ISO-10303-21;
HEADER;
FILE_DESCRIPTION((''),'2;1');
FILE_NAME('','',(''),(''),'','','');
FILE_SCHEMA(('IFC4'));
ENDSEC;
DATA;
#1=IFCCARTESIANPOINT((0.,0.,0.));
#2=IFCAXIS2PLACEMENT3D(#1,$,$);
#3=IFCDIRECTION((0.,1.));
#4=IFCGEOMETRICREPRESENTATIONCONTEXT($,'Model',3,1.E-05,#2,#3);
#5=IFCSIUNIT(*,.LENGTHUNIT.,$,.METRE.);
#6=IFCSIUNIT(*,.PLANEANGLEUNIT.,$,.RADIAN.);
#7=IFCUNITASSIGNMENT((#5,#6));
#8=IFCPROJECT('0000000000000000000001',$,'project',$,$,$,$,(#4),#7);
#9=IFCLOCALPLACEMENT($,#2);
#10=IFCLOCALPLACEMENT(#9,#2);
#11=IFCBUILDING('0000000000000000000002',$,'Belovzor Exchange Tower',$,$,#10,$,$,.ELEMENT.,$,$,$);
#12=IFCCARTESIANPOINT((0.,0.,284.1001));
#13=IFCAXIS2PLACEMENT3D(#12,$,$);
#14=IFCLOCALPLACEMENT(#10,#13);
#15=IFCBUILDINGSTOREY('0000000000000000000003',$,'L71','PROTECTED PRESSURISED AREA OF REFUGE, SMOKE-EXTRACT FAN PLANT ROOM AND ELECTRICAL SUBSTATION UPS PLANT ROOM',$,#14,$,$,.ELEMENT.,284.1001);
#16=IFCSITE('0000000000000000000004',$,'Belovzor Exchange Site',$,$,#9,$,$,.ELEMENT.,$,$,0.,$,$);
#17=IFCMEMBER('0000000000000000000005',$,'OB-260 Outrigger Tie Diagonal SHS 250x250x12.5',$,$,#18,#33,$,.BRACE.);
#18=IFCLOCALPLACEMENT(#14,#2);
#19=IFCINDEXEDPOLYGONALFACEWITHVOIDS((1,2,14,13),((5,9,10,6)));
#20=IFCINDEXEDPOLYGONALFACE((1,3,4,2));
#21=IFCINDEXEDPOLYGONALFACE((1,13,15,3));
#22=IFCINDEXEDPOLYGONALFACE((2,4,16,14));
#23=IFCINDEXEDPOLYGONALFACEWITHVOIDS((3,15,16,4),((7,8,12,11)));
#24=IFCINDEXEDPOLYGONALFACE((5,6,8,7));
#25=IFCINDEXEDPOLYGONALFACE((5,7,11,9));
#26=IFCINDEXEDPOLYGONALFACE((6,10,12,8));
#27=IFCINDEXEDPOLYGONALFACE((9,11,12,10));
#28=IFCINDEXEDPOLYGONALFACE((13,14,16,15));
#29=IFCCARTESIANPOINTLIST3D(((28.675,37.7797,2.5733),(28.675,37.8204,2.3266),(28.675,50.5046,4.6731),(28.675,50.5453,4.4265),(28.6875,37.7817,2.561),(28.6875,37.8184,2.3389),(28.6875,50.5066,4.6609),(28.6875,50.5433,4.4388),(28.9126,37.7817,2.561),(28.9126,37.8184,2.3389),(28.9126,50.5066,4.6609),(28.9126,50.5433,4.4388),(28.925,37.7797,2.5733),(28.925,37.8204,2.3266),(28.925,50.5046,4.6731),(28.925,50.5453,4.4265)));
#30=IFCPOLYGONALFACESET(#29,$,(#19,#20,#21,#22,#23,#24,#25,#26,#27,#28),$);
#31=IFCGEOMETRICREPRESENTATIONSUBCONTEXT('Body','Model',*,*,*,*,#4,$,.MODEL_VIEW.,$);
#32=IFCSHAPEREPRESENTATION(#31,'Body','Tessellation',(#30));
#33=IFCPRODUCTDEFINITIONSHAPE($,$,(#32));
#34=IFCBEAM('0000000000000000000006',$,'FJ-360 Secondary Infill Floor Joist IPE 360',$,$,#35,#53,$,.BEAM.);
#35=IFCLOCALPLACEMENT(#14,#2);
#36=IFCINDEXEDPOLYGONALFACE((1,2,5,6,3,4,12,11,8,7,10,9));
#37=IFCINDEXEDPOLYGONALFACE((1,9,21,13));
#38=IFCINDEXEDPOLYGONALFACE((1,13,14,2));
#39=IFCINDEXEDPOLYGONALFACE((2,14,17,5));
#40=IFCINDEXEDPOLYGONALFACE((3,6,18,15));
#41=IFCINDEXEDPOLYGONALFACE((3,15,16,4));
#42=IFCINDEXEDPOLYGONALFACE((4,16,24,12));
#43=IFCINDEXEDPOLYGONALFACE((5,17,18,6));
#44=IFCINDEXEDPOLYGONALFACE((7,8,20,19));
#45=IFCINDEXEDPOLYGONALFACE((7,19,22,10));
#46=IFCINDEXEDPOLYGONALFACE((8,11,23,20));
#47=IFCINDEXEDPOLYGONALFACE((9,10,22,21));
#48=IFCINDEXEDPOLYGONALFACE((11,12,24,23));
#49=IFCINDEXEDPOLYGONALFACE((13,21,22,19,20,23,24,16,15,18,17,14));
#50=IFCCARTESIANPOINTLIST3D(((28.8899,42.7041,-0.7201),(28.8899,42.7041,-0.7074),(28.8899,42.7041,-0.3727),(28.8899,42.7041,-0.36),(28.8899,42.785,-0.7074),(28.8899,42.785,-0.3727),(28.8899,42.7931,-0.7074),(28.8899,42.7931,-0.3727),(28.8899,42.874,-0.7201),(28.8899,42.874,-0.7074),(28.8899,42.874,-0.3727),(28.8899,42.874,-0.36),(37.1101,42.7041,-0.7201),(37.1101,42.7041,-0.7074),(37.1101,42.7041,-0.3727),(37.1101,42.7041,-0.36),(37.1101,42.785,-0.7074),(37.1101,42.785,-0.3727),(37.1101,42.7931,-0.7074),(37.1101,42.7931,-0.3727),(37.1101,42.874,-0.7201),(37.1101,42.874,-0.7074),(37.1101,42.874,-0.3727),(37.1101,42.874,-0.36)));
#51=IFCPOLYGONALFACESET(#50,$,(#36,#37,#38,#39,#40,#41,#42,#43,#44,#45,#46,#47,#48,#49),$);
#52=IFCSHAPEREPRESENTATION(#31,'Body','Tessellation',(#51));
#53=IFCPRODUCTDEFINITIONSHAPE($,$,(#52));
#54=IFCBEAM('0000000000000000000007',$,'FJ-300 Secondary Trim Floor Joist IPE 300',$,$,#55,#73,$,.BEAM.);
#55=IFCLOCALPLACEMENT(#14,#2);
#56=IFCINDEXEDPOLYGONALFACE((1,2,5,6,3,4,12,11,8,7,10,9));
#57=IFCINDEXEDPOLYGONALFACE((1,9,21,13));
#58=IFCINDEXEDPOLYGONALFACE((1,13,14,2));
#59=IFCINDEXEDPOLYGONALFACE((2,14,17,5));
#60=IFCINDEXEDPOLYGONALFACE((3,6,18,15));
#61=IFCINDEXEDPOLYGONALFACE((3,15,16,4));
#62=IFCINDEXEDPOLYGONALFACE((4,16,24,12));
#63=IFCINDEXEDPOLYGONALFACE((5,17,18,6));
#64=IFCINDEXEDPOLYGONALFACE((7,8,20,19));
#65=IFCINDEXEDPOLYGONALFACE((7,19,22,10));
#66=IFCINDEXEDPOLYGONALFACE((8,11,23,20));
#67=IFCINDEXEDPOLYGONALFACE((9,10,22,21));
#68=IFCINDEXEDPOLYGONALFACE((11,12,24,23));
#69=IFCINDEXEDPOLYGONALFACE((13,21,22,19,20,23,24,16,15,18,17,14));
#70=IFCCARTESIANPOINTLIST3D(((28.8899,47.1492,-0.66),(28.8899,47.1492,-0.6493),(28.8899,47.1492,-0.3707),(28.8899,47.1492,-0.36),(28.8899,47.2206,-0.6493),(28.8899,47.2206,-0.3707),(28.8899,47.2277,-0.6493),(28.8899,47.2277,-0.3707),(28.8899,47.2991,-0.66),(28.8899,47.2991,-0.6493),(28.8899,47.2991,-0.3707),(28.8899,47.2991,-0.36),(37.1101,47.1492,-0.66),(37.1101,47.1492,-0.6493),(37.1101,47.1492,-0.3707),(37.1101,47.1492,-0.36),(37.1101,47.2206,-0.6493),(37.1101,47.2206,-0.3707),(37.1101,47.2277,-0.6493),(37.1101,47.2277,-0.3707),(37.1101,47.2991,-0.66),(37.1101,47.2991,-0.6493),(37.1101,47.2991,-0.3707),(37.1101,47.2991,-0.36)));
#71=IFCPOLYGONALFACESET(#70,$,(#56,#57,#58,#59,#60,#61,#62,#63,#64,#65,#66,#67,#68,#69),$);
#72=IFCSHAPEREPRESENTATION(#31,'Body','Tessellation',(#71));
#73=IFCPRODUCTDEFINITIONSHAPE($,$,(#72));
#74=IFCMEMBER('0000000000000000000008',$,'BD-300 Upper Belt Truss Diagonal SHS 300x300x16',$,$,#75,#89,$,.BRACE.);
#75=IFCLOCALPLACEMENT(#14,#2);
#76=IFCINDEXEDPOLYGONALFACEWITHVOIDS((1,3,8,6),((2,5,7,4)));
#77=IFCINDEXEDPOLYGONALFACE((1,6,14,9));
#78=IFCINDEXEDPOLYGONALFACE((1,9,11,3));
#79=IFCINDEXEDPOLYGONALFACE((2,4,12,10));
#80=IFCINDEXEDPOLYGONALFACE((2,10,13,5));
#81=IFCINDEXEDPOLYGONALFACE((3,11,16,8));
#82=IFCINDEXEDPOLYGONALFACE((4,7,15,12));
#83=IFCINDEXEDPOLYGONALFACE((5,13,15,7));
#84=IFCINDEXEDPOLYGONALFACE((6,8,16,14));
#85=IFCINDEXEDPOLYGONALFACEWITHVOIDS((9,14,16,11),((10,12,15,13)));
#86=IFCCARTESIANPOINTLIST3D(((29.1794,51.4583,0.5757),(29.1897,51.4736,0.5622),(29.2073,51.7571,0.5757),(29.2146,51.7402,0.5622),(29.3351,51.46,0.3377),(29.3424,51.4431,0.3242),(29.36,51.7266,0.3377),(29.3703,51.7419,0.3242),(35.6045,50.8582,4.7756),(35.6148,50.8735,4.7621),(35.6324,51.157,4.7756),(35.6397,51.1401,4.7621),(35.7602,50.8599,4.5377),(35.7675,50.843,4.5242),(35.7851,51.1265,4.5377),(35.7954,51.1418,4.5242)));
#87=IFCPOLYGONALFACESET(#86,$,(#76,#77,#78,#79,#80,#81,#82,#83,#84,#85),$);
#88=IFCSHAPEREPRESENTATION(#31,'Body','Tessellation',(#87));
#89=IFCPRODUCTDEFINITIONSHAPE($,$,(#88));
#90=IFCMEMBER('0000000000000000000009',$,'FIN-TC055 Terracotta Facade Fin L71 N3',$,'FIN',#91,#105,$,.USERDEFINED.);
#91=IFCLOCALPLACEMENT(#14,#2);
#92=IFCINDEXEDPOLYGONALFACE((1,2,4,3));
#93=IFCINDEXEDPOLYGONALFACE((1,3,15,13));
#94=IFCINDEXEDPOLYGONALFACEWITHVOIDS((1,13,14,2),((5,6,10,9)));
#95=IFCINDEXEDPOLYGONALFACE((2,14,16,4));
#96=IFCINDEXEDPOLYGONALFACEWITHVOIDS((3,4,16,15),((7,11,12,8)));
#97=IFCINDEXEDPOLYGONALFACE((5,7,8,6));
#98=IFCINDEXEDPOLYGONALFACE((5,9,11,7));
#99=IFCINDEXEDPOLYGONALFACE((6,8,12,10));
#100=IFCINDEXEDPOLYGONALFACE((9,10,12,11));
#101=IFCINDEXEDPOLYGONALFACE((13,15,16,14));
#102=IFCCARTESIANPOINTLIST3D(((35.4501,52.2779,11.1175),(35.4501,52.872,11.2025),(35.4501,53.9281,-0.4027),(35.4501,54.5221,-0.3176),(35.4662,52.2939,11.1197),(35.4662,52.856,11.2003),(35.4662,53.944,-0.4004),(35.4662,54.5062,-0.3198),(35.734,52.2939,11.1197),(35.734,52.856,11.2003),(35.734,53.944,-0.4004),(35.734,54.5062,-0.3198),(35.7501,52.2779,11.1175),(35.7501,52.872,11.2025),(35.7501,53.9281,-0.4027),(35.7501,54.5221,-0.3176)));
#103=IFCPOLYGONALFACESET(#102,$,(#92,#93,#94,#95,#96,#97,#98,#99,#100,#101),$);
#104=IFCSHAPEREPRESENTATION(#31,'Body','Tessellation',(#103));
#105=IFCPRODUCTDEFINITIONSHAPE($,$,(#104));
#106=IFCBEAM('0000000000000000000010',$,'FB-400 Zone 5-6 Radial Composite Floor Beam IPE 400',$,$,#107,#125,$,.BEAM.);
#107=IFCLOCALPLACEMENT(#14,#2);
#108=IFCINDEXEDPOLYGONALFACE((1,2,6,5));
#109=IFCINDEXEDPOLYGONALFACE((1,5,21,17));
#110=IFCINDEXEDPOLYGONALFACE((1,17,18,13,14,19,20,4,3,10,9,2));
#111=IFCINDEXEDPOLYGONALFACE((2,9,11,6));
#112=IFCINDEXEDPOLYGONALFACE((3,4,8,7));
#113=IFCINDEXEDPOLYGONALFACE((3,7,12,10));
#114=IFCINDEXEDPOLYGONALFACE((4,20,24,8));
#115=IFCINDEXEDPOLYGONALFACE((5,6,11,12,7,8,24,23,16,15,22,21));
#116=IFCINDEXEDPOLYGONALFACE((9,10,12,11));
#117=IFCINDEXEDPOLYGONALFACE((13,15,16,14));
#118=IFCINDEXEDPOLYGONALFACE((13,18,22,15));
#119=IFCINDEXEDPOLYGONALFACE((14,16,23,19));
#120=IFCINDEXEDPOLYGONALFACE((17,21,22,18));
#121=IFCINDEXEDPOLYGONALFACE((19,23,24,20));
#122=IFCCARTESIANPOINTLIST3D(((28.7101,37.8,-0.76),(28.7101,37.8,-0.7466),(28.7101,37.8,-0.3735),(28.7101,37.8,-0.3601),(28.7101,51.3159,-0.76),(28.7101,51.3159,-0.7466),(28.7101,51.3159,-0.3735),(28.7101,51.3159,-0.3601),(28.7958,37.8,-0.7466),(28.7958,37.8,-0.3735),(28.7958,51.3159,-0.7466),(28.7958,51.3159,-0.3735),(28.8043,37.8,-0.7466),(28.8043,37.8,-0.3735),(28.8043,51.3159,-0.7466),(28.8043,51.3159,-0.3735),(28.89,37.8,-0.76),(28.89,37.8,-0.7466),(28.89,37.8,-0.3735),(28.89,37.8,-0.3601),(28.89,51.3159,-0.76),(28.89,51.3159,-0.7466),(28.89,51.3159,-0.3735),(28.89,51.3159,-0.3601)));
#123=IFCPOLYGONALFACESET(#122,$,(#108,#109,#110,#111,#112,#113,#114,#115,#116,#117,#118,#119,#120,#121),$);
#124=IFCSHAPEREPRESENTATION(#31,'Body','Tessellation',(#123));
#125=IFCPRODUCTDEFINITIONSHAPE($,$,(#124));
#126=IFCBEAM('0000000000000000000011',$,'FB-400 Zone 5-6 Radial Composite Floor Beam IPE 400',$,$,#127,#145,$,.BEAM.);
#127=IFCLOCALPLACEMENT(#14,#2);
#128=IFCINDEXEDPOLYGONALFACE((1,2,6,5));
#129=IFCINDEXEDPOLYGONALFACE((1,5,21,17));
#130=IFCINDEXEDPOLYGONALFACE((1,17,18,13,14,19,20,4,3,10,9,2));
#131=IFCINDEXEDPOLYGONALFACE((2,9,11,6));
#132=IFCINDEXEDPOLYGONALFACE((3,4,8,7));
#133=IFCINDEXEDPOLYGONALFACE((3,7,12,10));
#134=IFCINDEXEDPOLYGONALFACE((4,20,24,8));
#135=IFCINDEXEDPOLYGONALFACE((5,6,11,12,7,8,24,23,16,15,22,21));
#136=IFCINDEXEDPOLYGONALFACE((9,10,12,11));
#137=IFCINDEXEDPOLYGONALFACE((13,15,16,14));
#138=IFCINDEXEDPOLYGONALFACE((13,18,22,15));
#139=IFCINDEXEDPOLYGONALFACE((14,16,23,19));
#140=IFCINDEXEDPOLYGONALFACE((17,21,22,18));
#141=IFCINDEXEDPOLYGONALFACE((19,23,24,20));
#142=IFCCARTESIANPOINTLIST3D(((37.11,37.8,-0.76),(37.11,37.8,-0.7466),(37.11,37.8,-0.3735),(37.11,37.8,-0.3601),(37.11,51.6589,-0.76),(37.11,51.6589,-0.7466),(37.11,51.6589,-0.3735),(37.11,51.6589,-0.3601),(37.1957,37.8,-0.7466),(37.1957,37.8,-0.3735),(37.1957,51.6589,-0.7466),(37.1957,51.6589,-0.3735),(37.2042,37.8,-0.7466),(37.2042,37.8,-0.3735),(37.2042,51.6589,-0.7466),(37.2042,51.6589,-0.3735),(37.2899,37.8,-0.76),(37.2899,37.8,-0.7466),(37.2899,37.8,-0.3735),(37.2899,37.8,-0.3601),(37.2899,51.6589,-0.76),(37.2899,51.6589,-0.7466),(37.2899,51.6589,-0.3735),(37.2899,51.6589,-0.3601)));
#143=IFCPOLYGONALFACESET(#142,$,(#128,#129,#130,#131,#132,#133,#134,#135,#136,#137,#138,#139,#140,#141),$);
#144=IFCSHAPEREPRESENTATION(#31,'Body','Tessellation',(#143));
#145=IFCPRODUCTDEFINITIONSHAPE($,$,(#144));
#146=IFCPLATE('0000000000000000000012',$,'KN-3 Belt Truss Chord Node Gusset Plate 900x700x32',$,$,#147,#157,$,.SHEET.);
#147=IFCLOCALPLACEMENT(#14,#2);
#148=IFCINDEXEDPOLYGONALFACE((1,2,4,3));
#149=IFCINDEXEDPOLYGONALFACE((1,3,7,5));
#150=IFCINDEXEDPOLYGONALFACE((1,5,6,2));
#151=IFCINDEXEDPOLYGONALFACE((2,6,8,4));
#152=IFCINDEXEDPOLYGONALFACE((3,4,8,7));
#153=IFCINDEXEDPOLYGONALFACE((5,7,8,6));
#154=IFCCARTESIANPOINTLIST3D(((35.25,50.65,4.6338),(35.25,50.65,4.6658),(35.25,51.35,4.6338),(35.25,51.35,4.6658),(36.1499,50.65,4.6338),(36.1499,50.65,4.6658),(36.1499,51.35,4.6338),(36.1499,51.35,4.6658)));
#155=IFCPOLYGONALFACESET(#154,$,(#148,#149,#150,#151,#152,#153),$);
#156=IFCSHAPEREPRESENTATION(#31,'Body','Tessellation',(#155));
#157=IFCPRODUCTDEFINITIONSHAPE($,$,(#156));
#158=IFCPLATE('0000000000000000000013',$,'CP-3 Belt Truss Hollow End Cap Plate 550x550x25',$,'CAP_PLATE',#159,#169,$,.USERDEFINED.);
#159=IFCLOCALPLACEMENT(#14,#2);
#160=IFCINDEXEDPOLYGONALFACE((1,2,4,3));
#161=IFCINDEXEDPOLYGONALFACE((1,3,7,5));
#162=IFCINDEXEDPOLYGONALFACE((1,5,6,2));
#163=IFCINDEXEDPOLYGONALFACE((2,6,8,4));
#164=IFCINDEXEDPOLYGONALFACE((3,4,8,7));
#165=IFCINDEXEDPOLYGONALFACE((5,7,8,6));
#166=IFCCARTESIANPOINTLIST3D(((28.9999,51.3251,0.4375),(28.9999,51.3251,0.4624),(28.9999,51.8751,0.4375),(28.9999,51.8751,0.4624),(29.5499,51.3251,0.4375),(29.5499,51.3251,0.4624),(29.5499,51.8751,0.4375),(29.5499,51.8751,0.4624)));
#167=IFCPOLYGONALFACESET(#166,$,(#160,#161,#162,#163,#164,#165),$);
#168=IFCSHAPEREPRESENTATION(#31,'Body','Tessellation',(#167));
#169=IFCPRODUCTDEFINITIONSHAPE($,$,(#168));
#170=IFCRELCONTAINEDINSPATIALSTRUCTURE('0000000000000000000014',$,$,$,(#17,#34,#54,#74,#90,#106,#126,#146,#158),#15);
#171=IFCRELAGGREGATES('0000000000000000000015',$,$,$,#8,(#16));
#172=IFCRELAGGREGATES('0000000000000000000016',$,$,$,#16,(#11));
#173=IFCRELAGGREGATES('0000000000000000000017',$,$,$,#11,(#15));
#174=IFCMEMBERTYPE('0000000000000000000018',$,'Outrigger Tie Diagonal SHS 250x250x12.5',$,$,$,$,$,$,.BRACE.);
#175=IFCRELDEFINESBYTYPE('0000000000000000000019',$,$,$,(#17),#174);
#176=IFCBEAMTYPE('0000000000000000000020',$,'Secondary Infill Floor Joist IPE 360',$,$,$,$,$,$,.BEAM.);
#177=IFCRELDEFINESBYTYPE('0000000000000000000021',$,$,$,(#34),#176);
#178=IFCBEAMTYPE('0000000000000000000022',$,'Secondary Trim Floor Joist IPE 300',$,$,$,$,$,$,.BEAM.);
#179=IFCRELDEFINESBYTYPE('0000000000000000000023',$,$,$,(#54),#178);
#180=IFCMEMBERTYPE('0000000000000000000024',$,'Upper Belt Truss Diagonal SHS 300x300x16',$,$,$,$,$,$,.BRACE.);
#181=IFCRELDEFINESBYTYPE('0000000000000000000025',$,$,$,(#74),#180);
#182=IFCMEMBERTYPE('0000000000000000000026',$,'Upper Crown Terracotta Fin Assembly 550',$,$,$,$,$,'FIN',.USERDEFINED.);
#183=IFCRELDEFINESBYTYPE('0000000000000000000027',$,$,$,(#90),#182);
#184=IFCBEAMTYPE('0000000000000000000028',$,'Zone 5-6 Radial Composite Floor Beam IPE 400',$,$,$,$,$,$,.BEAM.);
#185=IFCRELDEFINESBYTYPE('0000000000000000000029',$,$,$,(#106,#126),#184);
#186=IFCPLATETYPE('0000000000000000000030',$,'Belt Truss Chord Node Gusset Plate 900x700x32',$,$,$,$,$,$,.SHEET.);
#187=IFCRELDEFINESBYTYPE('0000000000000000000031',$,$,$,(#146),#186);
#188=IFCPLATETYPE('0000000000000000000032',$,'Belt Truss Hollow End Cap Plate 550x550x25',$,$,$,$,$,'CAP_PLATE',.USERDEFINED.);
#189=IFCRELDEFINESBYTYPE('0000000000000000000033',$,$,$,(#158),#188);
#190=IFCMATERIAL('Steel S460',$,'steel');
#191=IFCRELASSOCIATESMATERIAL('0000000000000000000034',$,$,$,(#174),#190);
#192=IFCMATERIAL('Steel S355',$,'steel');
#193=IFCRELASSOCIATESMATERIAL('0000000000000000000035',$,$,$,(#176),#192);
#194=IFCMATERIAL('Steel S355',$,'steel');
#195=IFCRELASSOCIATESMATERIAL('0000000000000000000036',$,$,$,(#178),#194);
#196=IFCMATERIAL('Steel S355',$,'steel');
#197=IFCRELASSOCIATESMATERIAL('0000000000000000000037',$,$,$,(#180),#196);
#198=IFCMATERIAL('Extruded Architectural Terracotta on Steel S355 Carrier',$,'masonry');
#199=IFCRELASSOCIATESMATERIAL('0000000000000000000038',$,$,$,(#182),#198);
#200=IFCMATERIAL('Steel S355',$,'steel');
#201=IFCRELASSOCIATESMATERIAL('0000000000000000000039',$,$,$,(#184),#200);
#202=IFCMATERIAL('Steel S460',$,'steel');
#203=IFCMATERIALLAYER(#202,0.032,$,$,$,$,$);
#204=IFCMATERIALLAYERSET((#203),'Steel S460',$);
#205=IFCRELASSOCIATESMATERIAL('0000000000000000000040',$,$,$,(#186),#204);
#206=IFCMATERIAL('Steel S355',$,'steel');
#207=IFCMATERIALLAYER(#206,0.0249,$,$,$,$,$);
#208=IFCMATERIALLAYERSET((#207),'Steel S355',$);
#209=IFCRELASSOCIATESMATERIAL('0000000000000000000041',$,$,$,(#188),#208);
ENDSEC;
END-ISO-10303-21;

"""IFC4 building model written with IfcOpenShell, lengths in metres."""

from ifc_helpers import new_model, si_unit, direction, frame, origin, origin_2d, place, context, subcontext, project, spatial, rectangle, hollow_rectangle, i_section, extrude, material, layer, layer_set, material_profile, profile_set, type_object, element, save


model = new_model("IFC4")

# Units and contexts
model_context = context("Model", 3, precision=1e-05, world=origin(), true_north=direction((0.0, 1.0)))
body_context = subcontext(model_context, "Body", "Model", "MODEL_VIEW")
ifc_project = project(units=[si_unit("LENGTHUNIT", "METRE"), si_unit("PLANEANGLEUNIT", "RADIAN")], contexts=[model_context])

# Site, building, storey
site_placement = place(None, origin())
site = spatial("IfcSite", under=ifc_project, at=site_placement, Name="Belovzor Exchange Site", CompositionType="ELEMENT", RefElevation=0.0)
building_placement = place(site_placement, origin())
building = spatial("IfcBuilding", under=site, at=building_placement, Name="Belovzor Exchange Tower", CompositionType="ELEMENT")
storey_placement = place(building_placement, frame((0.0, 0.0, 284.1001)))
storey = spatial("IfcBuildingStorey", under=building, at=storey_placement, Name="L71", Description="PROTECTED PRESSURISED AREA OF REFUGE, SMOKE-EXTRACT FAN PLANT ROOM AND ELECTRICAL SUBSTATION UPS PLANT ROOM", CompositionType="ELEMENT", Elevation=284.1001)

# Member
ifc_material_1 = material(Name="Steel S460", Category="steel")
ifc_material_profile_1 = material_profile(ifc_material_1, hollow_rectangle(XDim=0.25, YDim=0.25, WallThickness=0.0125, at=origin_2d()))
ifc_profile_set_1 = profile_set([ifc_material_profile_1], Name="Steel S460")
member_type_1 = type_object("IfcMemberType", Name="Outrigger Tie Diagonal SHS 250x250x12.5", PredefinedType="BRACE", material=ifc_profile_set_1)
member_1_placement = place(storey_placement, frame((28.8, 37.8, 2.45), z_axis=(0.0, 0.986656, 0.162818), x_axis=(-1.0, 0.0, 0.0)))
element("IfcMember", 1, at=member_1_placement, inside=storey, type_object=member_type_1, Name="OB-260 Outrigger Tie Diagonal SHS 250x250x12.5", PredefinedType="BRACE", context=body_context, shape_type="SweptSolid", body=[
    extrude(hollow_rectangle(XDim=0.25, YDim=0.25, WallThickness=0.0125, at=origin_2d()), origin(), (0.0, 0.0, 1.0), 12.897),
])

# Beams
ifc_material_2 = material(Name="Steel S355", Category="steel")
ifc_material_profile_2 = material_profile(ifc_material_2, i_section(OverallWidth=0.1699, OverallDepth=0.3601, WebThickness=0.0081, FlangeThickness=0.0127, at=origin_2d()))
ifc_profile_set_2 = profile_set([ifc_material_profile_2], Name="Steel S355")
beam_type_1 = type_object("IfcBeamType", Name="Secondary Infill Floor Joist IPE 360", PredefinedType="BEAM", material=ifc_profile_set_2)
beam_1_placement = place(storey_placement, frame((28.8899, 42.7891, -0.54), z_axis=(1.0, 0.0, 0.0), x_axis=(0.0, 1.0, 0.0)))
element("IfcBeam", 2, at=beam_1_placement, inside=storey, type_object=beam_type_1, Name="FJ-360 Secondary Infill Floor Joist IPE 360", PredefinedType="BEAM", context=body_context, shape_type="SweptSolid", body=[
    extrude(i_section(OverallWidth=0.1699, OverallDepth=0.3601, WebThickness=0.0081, FlangeThickness=0.0127, at=origin_2d()), origin(), (0.0, 0.0, 1.0), 8.2202),
])
ifc_material_3 = material(Name="Steel S355", Category="steel")
ifc_material_profile_3 = material_profile(ifc_material_3, i_section(OverallWidth=0.1499, OverallDepth=0.3, WebThickness=0.0071, FlangeThickness=0.0107, at=origin_2d()))
ifc_profile_set_3 = profile_set([ifc_material_profile_3], Name="Steel S355")
beam_type_2 = type_object("IfcBeamType", Name="Secondary Trim Floor Joist IPE 300", PredefinedType="BEAM", material=ifc_profile_set_3)
beam_2_placement = place(storey_placement, frame((28.8899, 47.2241, -0.51), z_axis=(1.0, 0.0, 0.0), x_axis=(0.0, 1.0, 0.0)))
element("IfcBeam", 3, at=beam_2_placement, inside=storey, type_object=beam_type_2, Name="FJ-300 Secondary Trim Floor Joist IPE 300", PredefinedType="BEAM", context=body_context, shape_type="SweptSolid", body=[
    extrude(i_section(OverallWidth=0.1499, OverallDepth=0.3, WebThickness=0.0071, FlangeThickness=0.0107, at=origin_2d()), origin(), (0.0, 0.0, 1.0), 8.2202),
])

# Members
ifc_material_4 = material(Name="Steel S355", Category="steel")
ifc_material_profile_4 = material_profile(ifc_material_4, hollow_rectangle(XDim=0.3, YDim=0.3, WallThickness=0.0161, at=origin_2d()))
ifc_profile_set_4 = profile_set([ifc_material_profile_4], Name="Steel S355")
member_type_2 = type_object("IfcMemberType", Name="Upper Belt Truss Diagonal SHS 300x300x16", PredefinedType="BRACE", material=ifc_profile_set_4)
member_2_placement = place(storey_placement, frame((35.7, 51.0, 4.6499), z_axis=(-0.834486, 0.077941, -0.54549), x_axis=(-0.092995, -0.995667, 0.0)))
element("IfcMember", 4, at=member_2_placement, inside=storey, type_object=member_type_2, Name="BD-300 Upper Belt Truss Diagonal SHS 300x300x16", PredefinedType="BRACE", context=body_context, shape_type="SweptSolid", body=[
    extrude(hollow_rectangle(XDim=0.3, YDim=0.3, WallThickness=0.0161, at=origin_2d()), origin(), (0.0, 0.0, 1.0), 7.6995),
])
ifc_material_5 = material(Name="Extruded Architectural Terracotta on Steel S355 Carrier", Category="masonry")
ifc_material_profile_5 = material_profile(ifc_material_5, hollow_rectangle(XDim=0.3, YDim=0.6001, WallThickness=0.0161, at=origin_2d()))
ifc_profile_set_5 = profile_set([ifc_material_profile_5], Name="Extruded Architectural Terracotta on Steel S355 Carrier")
member_type_3 = type_object("IfcMemberType", Name="Upper Crown Terracotta Fin Assembly 550", ElementType="FIN", PredefinedType="USERDEFINED", material=ifc_profile_set_5)
member_3_placement = place(storey_placement, frame((35.6001, 54.2251, -0.3601), z_axis=(0.0, -0.141794, 0.989896), x_axis=(1.0, 0.0, 0.0)))
element("IfcMember", 5, at=member_3_placement, inside=storey, type_object=member_type_3, Name="FIN-TC055 Terracotta Facade Fin L71 N3", ObjectType="FIN", PredefinedType="USERDEFINED", context=body_context, shape_type="SweptSolid", body=[
    extrude(hollow_rectangle(XDim=0.3, YDim=0.6001, WallThickness=0.0161, at=origin_2d()), origin(), (0.0, 0.0, 1.0), 11.6377),
])

# Beams
ifc_material_6 = material(Name="Steel S355", Category="steel")
ifc_material_profile_6 = material_profile(ifc_material_6, i_section(OverallWidth=0.1799, OverallDepth=0.3999, WebThickness=0.0085, FlangeThickness=0.0134, at=origin_2d()))
ifc_profile_set_6 = profile_set([ifc_material_profile_6], Name="Steel S355")
beam_type_3 = type_object("IfcBeamType", Name="Zone 5-6 Radial Composite Floor Beam IPE 400", PredefinedType="BEAM", material=ifc_profile_set_6)
beam_3_placement = place(storey_placement, frame((28.8, 37.8, -0.5601), z_axis=(0.0, 1.0, 0.0), x_axis=(-1.0, 0.0, 0.0)))
element("IfcBeam", 6, at=beam_3_placement, inside=storey, type_object=beam_type_3, Name="FB-400 Zone 5-6 Radial Composite Floor Beam IPE 400", PredefinedType="BEAM", context=body_context, shape_type="SweptSolid", body=[
    extrude(i_section(OverallWidth=0.1799, OverallDepth=0.3999, WebThickness=0.0085, FlangeThickness=0.0134, at=origin_2d()), origin(), (0.0, 0.0, 1.0), 13.5159),
])
beam_4_placement = place(storey_placement, frame((37.2, 37.8, -0.5601), z_axis=(0.0, 1.0, 0.0), x_axis=(-1.0, 0.0, 0.0)))
element("IfcBeam", 7, at=beam_4_placement, inside=storey, type_object=beam_type_3, Name="FB-400 Zone 5-6 Radial Composite Floor Beam IPE 400", PredefinedType="BEAM", context=body_context, shape_type="SweptSolid", body=[
    extrude(i_section(OverallWidth=0.1799, OverallDepth=0.3999, WebThickness=0.0085, FlangeThickness=0.0134, at=origin_2d()), origin(), (0.0, 0.0, 1.0), 13.8589),
])

# Plates
ifc_material_7 = material(Name="Steel S460", Category="steel")
ifc_layer_1 = layer(ifc_material_7, 0.032)
ifc_layer_set_1 = layer_set([ifc_layer_1], Name="Steel S460")
plate_type_1 = type_object("IfcPlateType", Name="Belt Truss Chord Node Gusset Plate 900x700x32", PredefinedType="SHEET", material=ifc_layer_set_1)
plate_1_placement = place(storey_placement, frame((35.7, 51.0, 4.6338), z_axis=(0.0, 0.0, 1.0), x_axis=(1.0, 0.0, 0.0)))
element("IfcPlate", 8, at=plate_1_placement, inside=storey, type_object=plate_type_1, Name="KN-3 Belt Truss Chord Node Gusset Plate 900x700x32", PredefinedType="SHEET", context=body_context, shape_type="SweptSolid", body=[
    extrude(rectangle(XDim=0.8999, YDim=0.7, at=origin_2d()), origin(), (0.0, 0.0, 1.0), 0.032),
])
ifc_material_8 = material(Name="Steel S355", Category="steel")
ifc_layer_2 = layer(ifc_material_8, 0.0249)
ifc_layer_set_2 = layer_set([ifc_layer_2], Name="Steel S355")
plate_type_2 = type_object("IfcPlateType", Name="Belt Truss Hollow End Cap Plate 550x550x25", ElementType="CAP_PLATE", PredefinedType="USERDEFINED", material=ifc_layer_set_2)
plate_2_placement = place(storey_placement, frame((29.2749, 51.6001, 0.4375), z_axis=(0.0, 0.0, 1.0), x_axis=(1.0, 0.0, 0.0)))
element("IfcPlate", 9, at=plate_2_placement, inside=storey, type_object=plate_type_2, Name="CP-3 Belt Truss Hollow End Cap Plate 550x550x25", ObjectType="CAP_PLATE", PredefinedType="USERDEFINED", context=body_context, shape_type="SweptSolid", body=[
    extrude(rectangle(XDim=0.55, YDim=0.55, at=origin_2d()), origin(), (0.0, 0.0, 1.0), 0.0249),
])

save(model, "model.ifc")
